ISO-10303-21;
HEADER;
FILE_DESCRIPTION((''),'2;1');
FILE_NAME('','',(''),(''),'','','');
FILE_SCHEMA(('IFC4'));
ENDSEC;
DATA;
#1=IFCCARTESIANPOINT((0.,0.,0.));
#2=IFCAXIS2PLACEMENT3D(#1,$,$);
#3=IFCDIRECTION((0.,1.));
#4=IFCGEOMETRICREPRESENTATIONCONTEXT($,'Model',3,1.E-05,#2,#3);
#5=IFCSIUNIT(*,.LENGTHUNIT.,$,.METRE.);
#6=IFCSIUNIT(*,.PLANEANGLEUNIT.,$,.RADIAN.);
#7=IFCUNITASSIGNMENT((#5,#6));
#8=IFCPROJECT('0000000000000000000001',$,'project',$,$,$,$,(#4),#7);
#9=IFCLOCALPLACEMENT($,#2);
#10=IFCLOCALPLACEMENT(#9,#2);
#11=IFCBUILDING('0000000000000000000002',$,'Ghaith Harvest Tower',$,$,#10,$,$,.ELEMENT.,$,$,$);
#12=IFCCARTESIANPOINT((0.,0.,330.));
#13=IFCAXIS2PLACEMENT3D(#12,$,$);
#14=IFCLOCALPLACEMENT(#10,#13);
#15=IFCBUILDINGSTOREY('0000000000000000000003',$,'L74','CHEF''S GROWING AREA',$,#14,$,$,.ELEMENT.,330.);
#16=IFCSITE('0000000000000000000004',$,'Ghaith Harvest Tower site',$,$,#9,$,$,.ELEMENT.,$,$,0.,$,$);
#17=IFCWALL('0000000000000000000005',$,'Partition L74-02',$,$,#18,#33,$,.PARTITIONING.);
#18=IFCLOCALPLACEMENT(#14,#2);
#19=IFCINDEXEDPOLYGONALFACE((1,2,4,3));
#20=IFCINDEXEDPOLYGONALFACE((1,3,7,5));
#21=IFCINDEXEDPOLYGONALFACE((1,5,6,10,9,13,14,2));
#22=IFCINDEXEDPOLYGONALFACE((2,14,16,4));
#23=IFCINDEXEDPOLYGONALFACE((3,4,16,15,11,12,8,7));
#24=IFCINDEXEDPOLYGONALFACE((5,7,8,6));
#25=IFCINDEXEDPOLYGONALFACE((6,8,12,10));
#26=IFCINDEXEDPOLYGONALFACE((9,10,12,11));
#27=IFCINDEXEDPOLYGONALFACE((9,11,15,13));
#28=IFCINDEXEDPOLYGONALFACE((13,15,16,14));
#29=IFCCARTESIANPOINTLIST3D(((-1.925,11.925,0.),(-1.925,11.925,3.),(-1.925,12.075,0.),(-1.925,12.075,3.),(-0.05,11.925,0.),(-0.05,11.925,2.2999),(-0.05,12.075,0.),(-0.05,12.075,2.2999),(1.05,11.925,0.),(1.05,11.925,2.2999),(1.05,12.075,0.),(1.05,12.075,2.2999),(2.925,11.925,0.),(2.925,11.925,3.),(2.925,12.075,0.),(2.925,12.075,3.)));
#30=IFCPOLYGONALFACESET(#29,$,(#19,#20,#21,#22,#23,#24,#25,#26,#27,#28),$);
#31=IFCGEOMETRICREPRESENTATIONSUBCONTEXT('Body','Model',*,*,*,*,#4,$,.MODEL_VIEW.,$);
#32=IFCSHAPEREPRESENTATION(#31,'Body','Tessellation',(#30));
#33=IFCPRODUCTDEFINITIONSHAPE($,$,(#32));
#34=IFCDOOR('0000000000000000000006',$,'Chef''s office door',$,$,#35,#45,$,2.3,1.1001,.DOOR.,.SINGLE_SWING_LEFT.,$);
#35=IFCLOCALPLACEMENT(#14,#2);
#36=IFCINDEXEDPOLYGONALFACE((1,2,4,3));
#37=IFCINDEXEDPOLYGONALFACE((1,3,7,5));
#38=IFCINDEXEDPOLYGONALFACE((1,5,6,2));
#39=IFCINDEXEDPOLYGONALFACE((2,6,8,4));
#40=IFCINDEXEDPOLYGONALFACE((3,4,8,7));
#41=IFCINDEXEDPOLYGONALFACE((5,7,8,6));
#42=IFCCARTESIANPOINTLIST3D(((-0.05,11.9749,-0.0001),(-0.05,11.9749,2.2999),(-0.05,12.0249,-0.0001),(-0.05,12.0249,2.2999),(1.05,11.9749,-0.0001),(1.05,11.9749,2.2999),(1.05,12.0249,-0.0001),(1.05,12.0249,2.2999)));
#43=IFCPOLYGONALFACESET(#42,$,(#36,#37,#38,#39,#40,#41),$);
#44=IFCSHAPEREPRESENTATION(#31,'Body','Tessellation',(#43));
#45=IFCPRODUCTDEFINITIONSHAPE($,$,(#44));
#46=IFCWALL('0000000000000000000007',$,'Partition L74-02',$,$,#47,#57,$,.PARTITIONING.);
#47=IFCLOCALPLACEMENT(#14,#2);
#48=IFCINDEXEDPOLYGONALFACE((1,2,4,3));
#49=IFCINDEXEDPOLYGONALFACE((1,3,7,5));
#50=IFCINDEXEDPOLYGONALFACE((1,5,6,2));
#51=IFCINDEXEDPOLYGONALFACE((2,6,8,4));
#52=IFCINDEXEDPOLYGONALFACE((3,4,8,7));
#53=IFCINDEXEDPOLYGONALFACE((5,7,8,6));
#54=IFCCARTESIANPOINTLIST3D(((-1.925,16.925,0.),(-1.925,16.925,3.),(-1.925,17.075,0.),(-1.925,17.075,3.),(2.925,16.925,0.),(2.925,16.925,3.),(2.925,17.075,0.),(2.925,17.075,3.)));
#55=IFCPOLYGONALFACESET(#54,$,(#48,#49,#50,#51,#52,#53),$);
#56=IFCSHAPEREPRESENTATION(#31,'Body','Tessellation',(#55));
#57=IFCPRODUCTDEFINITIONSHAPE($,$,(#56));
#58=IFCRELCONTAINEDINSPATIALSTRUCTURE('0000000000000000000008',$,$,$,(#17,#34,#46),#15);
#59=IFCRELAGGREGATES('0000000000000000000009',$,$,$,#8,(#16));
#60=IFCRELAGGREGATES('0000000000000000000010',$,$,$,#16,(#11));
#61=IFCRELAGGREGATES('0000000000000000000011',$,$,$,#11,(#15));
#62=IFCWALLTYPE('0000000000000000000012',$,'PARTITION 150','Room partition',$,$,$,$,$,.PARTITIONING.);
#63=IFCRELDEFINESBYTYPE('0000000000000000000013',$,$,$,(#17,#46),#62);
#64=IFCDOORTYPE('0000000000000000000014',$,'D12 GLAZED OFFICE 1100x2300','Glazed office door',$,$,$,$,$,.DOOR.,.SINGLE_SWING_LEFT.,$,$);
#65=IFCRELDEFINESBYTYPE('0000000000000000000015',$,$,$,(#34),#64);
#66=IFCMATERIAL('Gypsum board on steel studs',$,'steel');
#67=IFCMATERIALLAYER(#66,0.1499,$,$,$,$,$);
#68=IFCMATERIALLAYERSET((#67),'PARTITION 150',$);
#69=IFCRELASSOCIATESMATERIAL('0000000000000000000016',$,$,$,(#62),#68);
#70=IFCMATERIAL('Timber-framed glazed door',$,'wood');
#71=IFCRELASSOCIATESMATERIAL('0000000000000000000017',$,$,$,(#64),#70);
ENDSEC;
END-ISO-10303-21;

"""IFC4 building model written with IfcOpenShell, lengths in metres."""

from ifc_helpers import new_model, si_unit, direction, frame, frame_2d, origin, place, context, subcontext, project, spatial, rectangle, extrude, material, layer, layer_set, type_object, element, fill, save


model = new_model("IFC4")

# Units and contexts
model_context = context("Model", 3, precision=1e-05, world=origin(), true_north=direction((0.0, 1.0)))
body_context = subcontext(model_context, "Body", "Model", "MODEL_VIEW")
ifc_project = project(units=[si_unit("LENGTHUNIT", "METRE"), si_unit("PLANEANGLEUNIT", "RADIAN")], contexts=[model_context])

# Site, building, storey
site_placement = place(None, origin())
site = spatial("IfcSite", under=ifc_project, at=site_placement, Name="Ghaith Harvest Tower site", CompositionType="ELEMENT", RefElevation=0.0)
building_placement = place(site_placement, origin())
building = spatial("IfcBuilding", under=site, at=building_placement, Name="Ghaith Harvest Tower", CompositionType="ELEMENT")
storey_placement = place(building_placement, frame((0.0, 0.0, 330.0)))
storey = spatial("IfcBuildingStorey", under=building, at=storey_placement, Name="L74", Description="CHEF'S GROWING AREA", CompositionType="ELEMENT", Elevation=330.0)

# Shared definitions
ifc_material_1 = material(Name="Gypsum board on steel studs", Category="steel")
ifc_layer_1 = layer(ifc_material_1, 0.1499)
ifc_layer_set_1 = layer_set([ifc_layer_1], Name="PARTITION 150")
wall_type = type_object("IfcWallType", Name="PARTITION 150", Description="Room partition", PredefinedType="PARTITIONING", material=ifc_layer_set_1)

# Wall, opening, door
wall_1_placement = place(storey_placement, frame((-1.925, 12.0, 0.0), z_axis=(0.0, 0.0, 1.0), x_axis=(1.0, 0.0, 0.0)))
wall_1 = element("IfcWall", 1, at=wall_1_placement, inside=storey, type_object=wall_type, Name="Partition L74-02", PredefinedType="PARTITIONING", context=body_context, shape_type="SweptSolid", body=[
    extrude(rectangle(XDim=4.8501, YDim=0.1499, at=frame_2d((2.425, 0.0))), origin(), (0.0, 0.0, 1.0), 3.0),
])
opening_1_placement = place(wall_1_placement, frame((1.875, 0.0, 0.0)))
opening_1 = element("IfcOpeningElement", 2, at=opening_1_placement, cuts=wall_1, PredefinedType="OPENING", context=body_context, shape_type="SweptSolid", body=[
    extrude(rectangle(XDim=1.1001, YDim=2.3, at=frame_2d((0.55, 1.1499))), frame((0.0, 0.085, 0.0), z_axis=(0.0, -1.0, 0.0), x_axis=(1.0, 0.0, 0.0)), (0.0, 0.0, 1.0), 0.1699),
])
ifc_material_2 = material(Name="Timber-framed glazed door", Category="wood")
door_type_1 = type_object("IfcDoorType", Name="D12 GLAZED OFFICE 1100x2300", Description="Glazed office door", OperationType="SINGLE_SWING_LEFT", PredefinedType="DOOR", material=ifc_material_2)
door_1_placement = place(opening_1_placement, origin())
door_1 = element("IfcDoor", 3, at=door_1_placement, inside=storey, type_object=door_type_1, Name="Chef's office door", OperationType="SINGLE_SWING_LEFT", OverallHeight=2.3, OverallWidth=1.1001, PredefinedType="DOOR", context=body_context, shape_type="SweptSolid", body=[
    extrude(rectangle(XDim=1.1001, YDim=2.3, at=frame_2d((0.55, 1.1499))), frame((0.0, 0.0249, 0.0), z_axis=(0.0, -1.0, 0.0), x_axis=(1.0, 0.0, 0.0)), (0.0, 0.0, 1.0), 0.05),
])
fill(opening_1, door_1)

# Wall
wall_2_placement = place(storey_placement, frame((-1.925, 17.0, 0.0), z_axis=(0.0, 0.0, 1.0), x_axis=(1.0, 0.0, 0.0)))
element("IfcWall", 4, at=wall_2_placement, inside=storey, type_object=wall_type, Name="Partition L74-02", PredefinedType="PARTITIONING", context=body_context, shape_type="SweptSolid", body=[
    extrude(rectangle(XDim=4.8501, YDim=0.1499, at=frame_2d((2.425, 0.0))), origin(), (0.0, 0.0, 1.0), 3.0),
])

save(model, "model.ifc")
